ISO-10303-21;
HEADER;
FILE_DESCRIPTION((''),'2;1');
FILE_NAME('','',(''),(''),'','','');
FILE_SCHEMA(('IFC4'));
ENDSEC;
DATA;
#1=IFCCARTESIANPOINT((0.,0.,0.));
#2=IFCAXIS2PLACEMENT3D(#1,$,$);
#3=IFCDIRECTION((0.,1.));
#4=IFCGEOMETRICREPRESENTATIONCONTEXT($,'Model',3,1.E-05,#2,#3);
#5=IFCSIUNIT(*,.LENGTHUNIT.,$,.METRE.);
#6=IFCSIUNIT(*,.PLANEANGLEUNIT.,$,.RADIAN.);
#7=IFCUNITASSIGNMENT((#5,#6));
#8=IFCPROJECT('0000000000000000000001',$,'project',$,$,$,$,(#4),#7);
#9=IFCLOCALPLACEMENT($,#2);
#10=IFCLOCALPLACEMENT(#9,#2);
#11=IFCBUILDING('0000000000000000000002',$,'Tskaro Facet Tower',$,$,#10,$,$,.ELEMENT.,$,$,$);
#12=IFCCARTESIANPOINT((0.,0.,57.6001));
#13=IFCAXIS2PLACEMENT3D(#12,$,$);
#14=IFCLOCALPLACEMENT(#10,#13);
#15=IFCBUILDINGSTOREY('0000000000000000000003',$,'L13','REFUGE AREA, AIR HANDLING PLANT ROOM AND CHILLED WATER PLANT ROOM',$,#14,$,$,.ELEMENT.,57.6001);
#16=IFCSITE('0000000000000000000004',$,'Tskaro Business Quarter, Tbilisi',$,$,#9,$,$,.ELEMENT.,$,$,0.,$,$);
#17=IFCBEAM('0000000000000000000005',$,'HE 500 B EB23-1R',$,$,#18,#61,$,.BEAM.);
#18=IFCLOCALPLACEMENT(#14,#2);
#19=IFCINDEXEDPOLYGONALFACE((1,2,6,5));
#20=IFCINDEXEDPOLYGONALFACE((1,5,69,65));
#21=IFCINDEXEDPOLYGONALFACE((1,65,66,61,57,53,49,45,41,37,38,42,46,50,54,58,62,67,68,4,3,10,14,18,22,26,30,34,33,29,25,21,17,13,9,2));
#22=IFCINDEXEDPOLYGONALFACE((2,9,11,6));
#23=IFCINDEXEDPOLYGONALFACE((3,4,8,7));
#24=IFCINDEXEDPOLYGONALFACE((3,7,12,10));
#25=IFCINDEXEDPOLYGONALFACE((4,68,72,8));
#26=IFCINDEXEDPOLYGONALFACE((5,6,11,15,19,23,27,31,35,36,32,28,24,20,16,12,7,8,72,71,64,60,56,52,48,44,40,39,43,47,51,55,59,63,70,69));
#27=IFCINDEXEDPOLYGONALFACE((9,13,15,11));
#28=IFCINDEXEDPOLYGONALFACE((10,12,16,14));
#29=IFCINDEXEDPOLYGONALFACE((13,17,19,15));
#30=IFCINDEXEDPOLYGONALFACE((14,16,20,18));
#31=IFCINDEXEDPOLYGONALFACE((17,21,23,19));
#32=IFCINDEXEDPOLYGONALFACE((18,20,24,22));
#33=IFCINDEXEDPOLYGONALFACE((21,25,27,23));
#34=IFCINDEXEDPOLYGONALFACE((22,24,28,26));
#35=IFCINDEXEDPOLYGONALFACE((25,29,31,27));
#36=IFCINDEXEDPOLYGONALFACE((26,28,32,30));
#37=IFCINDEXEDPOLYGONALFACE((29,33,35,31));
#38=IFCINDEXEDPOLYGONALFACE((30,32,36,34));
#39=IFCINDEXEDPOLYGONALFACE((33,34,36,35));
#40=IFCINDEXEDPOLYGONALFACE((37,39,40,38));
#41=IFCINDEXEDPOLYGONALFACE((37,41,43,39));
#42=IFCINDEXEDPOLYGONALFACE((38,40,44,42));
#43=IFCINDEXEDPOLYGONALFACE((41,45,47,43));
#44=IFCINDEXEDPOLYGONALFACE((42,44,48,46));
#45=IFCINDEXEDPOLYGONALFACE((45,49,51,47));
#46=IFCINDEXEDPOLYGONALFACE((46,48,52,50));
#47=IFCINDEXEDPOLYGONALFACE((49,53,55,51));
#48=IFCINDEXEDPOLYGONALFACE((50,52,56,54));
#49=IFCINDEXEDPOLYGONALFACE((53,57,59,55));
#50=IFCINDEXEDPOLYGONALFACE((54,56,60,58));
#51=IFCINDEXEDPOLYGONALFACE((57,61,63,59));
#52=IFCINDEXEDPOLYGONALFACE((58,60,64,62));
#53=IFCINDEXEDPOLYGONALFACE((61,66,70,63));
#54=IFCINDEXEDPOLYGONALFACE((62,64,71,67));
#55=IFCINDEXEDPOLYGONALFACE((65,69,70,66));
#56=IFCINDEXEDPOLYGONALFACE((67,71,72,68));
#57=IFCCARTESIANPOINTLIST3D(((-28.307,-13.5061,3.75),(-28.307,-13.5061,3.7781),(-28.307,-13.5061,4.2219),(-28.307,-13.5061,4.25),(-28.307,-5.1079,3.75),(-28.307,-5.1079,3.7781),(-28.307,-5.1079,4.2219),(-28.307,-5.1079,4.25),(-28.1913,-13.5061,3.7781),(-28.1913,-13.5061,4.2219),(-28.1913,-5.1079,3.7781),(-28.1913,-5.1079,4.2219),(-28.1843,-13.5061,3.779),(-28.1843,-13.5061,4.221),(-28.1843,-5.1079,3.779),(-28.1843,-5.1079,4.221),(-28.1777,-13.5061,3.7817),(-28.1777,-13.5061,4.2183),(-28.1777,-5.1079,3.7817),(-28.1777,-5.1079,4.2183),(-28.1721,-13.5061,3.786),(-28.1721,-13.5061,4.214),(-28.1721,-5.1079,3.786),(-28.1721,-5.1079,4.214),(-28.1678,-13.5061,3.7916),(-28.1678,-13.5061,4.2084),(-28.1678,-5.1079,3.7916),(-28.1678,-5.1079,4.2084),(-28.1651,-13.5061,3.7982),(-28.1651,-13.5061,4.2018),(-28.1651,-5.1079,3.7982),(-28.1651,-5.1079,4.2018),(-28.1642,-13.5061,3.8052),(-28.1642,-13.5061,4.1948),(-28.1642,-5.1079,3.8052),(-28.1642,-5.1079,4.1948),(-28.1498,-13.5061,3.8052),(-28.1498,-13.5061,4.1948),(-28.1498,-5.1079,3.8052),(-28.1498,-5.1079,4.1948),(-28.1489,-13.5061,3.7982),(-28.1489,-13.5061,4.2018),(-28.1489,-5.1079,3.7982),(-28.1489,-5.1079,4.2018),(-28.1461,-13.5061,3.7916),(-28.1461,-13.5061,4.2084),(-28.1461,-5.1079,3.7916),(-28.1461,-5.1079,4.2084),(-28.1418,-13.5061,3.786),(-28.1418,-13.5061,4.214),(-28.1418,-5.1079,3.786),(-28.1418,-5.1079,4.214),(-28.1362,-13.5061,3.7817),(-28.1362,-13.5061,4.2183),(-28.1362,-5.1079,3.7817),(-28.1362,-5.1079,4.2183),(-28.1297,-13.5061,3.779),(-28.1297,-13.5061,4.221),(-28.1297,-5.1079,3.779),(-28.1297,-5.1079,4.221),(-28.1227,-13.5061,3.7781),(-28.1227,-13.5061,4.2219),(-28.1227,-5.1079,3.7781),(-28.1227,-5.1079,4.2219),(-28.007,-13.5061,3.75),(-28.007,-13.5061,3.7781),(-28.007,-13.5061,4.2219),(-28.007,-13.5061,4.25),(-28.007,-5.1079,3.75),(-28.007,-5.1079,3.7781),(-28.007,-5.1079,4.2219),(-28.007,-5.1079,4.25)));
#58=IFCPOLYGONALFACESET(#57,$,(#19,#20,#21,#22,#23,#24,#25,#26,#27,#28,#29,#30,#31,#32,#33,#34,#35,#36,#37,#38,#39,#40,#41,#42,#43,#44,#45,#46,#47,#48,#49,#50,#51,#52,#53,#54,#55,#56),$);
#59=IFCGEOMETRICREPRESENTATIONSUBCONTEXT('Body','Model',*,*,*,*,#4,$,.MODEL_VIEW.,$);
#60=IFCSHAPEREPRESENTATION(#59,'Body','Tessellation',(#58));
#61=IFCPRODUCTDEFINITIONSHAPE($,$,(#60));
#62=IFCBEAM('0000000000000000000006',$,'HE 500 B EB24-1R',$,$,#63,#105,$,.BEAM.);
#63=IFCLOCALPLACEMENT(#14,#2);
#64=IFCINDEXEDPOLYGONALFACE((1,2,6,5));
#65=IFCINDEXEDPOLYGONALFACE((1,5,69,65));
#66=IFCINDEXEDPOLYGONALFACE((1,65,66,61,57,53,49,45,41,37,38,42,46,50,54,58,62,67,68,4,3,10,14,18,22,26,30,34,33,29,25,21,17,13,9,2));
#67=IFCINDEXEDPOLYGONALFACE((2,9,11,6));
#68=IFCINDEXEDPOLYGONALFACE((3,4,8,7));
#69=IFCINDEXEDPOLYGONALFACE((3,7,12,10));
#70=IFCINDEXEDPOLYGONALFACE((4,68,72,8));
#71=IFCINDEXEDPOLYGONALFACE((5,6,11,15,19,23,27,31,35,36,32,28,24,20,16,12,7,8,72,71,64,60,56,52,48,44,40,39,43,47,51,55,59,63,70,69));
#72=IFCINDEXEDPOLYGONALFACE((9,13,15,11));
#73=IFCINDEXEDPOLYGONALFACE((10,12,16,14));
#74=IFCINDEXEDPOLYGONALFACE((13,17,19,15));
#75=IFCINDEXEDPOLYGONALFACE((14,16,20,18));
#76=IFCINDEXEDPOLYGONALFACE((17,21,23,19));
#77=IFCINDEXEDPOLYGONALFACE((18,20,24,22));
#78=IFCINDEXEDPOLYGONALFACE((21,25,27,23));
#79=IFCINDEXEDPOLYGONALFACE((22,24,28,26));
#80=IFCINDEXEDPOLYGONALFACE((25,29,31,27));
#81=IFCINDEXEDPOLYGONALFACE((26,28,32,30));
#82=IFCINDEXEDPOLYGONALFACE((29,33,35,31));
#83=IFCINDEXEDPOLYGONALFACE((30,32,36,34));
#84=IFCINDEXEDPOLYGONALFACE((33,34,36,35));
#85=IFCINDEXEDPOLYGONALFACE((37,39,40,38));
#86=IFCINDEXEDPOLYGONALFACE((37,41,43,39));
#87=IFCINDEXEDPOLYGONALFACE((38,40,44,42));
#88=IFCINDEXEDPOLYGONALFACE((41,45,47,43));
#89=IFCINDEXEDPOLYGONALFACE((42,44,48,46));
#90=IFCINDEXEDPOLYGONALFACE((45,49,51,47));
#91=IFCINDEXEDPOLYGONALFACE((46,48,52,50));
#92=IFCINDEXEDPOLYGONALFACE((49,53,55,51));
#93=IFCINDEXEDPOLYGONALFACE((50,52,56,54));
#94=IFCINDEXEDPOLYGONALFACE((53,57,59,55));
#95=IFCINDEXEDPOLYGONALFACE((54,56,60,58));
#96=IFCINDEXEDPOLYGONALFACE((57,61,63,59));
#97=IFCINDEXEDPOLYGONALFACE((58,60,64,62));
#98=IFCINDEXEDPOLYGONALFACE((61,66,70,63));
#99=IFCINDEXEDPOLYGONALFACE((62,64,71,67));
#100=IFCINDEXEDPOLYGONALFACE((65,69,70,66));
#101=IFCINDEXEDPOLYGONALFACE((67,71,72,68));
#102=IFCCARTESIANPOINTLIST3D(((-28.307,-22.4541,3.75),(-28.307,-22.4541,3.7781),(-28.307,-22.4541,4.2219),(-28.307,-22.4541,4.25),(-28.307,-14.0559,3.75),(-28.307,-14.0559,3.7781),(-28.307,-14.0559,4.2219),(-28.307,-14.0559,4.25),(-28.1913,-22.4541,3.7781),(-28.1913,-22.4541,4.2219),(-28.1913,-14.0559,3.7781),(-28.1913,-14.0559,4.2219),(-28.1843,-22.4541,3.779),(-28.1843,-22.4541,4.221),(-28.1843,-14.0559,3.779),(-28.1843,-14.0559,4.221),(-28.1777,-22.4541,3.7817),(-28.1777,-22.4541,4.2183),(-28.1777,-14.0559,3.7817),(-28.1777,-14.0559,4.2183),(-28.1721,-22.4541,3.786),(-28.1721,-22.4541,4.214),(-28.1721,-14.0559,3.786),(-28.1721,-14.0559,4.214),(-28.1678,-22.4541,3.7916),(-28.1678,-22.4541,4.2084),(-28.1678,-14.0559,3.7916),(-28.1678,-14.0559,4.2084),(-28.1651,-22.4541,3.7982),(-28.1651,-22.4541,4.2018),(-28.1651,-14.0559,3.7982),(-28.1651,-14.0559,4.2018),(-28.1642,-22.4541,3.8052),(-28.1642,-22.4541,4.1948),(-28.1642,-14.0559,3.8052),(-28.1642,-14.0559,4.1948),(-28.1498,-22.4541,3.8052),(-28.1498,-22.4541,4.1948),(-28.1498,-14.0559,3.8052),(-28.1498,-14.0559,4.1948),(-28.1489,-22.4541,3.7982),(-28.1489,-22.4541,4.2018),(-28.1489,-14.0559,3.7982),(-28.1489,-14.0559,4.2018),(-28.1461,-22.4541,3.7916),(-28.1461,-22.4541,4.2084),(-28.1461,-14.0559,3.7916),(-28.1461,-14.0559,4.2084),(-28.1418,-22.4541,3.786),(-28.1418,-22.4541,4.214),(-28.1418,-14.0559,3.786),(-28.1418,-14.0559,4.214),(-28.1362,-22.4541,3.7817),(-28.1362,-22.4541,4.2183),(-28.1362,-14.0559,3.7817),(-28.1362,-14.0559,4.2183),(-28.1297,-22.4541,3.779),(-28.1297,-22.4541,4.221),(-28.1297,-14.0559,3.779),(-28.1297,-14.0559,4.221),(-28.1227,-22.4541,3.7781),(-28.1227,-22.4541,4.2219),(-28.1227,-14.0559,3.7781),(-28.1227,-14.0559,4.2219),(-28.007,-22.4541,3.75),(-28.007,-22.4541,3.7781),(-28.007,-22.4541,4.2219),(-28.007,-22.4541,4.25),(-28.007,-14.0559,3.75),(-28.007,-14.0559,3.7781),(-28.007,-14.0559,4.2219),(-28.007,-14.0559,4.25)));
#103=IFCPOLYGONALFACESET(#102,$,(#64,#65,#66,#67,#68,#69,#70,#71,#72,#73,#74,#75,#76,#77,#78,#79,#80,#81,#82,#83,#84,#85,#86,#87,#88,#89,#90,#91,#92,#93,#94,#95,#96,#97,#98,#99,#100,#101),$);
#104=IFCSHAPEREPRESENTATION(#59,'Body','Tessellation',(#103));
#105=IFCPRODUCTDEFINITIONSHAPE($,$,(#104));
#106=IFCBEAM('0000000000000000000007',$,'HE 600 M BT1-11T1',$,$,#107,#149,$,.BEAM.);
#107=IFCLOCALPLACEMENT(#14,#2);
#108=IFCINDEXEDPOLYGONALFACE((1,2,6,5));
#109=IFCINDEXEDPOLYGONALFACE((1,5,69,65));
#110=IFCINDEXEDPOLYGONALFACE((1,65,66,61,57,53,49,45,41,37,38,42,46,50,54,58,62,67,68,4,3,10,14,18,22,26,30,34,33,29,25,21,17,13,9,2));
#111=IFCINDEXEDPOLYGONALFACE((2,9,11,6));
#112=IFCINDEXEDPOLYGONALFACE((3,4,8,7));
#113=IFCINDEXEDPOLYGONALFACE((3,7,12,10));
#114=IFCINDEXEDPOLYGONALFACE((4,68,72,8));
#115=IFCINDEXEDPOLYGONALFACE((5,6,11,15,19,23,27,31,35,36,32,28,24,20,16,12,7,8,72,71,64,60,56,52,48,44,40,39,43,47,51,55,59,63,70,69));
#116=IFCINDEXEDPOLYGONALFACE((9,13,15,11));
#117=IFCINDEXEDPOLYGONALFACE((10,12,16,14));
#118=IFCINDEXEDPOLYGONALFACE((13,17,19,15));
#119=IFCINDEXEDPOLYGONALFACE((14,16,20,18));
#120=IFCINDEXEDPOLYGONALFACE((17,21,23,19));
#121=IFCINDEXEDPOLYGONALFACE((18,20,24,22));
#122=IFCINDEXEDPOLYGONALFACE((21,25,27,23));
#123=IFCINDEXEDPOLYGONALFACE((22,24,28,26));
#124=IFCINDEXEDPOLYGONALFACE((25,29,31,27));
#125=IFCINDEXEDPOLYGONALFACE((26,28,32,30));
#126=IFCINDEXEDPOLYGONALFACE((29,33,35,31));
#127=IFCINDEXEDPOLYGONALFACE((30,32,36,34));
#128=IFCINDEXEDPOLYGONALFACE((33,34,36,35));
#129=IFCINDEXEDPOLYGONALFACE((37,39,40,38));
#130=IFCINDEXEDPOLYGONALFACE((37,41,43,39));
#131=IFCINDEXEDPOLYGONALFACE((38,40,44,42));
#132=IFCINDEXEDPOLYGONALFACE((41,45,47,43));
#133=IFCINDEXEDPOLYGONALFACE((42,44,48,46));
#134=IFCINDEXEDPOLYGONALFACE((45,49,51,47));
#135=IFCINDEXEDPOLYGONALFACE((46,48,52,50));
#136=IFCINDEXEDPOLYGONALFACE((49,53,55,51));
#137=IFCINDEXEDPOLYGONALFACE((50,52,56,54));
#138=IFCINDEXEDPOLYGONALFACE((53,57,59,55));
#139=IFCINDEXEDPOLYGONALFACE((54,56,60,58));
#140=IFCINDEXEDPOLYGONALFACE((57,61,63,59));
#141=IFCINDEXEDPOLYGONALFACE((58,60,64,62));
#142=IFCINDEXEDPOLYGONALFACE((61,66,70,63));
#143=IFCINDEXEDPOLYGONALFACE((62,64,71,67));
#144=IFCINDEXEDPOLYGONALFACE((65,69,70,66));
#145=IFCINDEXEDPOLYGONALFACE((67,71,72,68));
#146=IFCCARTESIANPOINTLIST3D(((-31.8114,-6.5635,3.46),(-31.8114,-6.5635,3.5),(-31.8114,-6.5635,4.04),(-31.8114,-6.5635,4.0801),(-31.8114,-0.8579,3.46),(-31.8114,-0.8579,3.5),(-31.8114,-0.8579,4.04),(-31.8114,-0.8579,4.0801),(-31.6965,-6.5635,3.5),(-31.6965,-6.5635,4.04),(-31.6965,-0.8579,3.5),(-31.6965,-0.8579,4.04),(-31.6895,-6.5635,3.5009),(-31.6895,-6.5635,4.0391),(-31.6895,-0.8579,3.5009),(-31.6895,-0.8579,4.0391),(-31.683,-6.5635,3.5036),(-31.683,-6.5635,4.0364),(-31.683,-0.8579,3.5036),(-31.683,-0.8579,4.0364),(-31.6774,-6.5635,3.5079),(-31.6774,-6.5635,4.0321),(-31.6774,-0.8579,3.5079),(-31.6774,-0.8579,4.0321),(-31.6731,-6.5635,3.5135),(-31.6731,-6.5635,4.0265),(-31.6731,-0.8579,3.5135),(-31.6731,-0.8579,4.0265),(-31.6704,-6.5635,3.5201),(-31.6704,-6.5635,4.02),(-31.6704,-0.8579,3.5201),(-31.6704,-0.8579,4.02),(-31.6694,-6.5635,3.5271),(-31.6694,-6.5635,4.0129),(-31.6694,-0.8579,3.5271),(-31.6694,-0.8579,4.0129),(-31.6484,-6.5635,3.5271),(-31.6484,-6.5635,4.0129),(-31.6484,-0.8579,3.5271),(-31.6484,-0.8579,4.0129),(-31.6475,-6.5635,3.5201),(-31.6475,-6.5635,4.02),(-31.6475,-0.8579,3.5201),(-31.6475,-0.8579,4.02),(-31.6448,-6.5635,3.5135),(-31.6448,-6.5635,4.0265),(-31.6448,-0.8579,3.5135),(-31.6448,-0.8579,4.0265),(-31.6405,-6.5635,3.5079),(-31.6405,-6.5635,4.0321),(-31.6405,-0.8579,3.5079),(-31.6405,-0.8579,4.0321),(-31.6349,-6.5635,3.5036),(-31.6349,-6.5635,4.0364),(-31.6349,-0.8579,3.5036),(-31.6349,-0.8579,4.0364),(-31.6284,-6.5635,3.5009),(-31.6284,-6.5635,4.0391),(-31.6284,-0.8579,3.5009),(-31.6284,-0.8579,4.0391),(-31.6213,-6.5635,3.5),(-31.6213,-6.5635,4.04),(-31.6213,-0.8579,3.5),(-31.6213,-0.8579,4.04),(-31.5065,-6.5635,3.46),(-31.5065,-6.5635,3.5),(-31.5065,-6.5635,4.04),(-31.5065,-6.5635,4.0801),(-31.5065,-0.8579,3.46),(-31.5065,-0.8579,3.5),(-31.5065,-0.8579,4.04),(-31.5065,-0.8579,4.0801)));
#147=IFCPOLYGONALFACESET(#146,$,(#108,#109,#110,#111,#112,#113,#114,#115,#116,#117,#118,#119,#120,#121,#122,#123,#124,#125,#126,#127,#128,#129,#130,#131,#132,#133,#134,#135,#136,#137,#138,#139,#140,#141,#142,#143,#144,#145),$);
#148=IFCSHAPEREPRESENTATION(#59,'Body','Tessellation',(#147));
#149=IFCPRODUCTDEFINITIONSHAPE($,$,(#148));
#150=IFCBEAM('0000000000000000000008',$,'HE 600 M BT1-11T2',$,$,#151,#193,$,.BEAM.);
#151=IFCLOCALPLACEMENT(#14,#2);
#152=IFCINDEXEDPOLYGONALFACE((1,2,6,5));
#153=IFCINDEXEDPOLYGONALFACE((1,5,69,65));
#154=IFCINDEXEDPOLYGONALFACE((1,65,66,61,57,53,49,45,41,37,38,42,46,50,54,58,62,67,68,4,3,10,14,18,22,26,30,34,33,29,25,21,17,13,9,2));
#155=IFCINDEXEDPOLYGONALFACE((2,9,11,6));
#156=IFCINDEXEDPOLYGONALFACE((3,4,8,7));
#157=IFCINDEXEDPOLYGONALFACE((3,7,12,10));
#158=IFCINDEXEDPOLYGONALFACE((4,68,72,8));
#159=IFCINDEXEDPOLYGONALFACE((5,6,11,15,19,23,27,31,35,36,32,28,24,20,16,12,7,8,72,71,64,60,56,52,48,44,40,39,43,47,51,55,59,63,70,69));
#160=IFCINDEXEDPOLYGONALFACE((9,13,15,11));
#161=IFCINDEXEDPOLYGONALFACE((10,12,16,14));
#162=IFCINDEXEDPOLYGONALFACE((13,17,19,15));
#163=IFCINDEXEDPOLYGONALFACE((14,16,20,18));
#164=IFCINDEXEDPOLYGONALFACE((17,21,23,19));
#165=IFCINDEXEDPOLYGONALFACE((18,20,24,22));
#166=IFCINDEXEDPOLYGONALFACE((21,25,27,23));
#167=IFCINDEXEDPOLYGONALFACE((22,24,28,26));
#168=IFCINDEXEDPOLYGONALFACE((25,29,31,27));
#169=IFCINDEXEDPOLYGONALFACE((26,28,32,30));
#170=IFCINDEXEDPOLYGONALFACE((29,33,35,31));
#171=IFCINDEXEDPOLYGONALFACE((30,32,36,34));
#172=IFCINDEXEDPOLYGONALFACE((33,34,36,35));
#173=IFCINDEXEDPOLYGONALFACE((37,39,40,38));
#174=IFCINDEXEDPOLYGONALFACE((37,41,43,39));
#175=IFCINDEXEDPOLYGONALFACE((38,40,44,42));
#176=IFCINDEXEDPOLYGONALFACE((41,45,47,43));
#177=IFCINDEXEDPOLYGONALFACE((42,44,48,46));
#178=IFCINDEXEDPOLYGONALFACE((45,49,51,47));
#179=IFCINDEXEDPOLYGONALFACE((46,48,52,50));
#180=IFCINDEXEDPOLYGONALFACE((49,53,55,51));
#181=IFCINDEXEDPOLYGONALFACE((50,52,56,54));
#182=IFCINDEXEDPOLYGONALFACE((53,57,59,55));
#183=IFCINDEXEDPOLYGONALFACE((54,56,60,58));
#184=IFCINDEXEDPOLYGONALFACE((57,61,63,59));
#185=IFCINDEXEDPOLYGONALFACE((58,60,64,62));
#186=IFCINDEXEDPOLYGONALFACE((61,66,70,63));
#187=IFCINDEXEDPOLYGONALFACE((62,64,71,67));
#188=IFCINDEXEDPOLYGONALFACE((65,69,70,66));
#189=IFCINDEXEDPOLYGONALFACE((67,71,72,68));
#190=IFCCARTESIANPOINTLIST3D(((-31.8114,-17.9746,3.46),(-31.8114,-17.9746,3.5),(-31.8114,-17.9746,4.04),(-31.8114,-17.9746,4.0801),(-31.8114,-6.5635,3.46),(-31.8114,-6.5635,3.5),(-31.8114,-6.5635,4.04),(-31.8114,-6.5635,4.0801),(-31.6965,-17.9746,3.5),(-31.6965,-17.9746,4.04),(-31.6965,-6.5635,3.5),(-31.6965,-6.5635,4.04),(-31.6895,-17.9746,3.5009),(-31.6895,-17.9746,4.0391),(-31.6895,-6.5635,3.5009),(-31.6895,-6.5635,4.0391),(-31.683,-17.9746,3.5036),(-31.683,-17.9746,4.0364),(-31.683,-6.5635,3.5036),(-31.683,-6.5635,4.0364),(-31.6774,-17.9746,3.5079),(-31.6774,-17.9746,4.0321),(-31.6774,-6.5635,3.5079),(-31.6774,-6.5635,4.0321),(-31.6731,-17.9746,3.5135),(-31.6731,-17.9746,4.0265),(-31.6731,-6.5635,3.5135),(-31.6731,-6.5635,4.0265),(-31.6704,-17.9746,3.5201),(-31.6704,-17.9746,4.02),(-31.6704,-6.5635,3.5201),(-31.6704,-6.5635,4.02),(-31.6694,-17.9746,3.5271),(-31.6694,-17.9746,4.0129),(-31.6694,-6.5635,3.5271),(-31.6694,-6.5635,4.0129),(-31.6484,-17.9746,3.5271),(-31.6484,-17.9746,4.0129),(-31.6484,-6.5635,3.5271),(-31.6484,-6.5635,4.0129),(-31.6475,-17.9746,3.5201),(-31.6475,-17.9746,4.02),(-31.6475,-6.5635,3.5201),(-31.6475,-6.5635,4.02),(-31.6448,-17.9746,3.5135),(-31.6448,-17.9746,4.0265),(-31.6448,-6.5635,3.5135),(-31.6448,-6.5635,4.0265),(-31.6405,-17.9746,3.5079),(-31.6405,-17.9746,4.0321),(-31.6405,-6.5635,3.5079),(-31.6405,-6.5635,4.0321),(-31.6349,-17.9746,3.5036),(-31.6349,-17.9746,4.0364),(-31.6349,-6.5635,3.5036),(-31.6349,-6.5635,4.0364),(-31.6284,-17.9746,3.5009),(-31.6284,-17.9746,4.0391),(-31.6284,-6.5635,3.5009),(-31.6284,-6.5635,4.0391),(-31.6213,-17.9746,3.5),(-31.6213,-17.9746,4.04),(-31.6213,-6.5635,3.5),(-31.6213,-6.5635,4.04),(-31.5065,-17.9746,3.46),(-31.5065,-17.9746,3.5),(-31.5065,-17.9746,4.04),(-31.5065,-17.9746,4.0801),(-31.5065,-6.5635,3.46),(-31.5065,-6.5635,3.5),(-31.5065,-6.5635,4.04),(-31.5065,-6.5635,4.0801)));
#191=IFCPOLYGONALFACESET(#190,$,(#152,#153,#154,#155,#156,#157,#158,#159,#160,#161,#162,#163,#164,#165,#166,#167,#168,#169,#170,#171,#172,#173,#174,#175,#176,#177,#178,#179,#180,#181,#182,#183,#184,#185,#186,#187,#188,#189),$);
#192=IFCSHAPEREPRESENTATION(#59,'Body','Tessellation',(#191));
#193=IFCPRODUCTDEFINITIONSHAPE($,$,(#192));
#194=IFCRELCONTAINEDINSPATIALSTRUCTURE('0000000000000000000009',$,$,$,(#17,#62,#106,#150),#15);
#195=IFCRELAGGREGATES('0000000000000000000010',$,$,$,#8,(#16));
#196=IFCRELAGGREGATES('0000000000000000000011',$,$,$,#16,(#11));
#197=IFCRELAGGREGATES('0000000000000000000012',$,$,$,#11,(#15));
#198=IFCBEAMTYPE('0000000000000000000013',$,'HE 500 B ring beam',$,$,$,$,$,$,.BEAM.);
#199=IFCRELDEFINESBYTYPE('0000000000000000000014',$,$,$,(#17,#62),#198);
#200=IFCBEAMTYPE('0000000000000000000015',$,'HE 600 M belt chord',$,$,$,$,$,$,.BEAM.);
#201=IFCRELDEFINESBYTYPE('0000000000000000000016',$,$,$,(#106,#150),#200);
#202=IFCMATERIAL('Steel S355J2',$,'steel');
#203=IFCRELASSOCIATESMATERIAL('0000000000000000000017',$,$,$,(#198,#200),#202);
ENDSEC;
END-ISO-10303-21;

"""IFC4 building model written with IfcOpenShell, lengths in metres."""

from ifc_helpers import new_model, si_unit, direction, frame, origin, origin_2d, place, context, subcontext, project, spatial, i_section, extrude, material, material_profile, profile_set, type_object, element, save


model = new_model("IFC4")

# Units and contexts
model_context = context("Model", 3, precision=1e-05, world=origin(), true_north=direction((0.0, 1.0)))
body_context = subcontext(model_context, "Body", "Model", "MODEL_VIEW")
ifc_project = project(units=[si_unit("LENGTHUNIT", "METRE"), si_unit("PLANEANGLEUNIT", "RADIAN")], contexts=[model_context])

# Site, building, storey
site_placement = place(None, origin())
site = spatial("IfcSite", under=ifc_project, at=site_placement, Name="Tskaro Business Quarter, Tbilisi", CompositionType="ELEMENT", RefElevation=0.0)
building_placement = place(site_placement, origin())
building = spatial("IfcBuilding", under=site, at=building_placement, Name="Tskaro Facet Tower", CompositionType="ELEMENT")
storey_placement = place(building_placement, frame((0.0, 0.0, 57.6001)))
storey = spatial("IfcBuildingStorey", under=building, at=storey_placement, Name="L13", Description="REFUGE AREA, AIR HANDLING PLANT ROOM AND CHILLED WATER PLANT ROOM", CompositionType="ELEMENT", Elevation=57.6001)

# Beams
ifc_material_1 = material(Name="Steel S355J2", Category="steel")
ifc_material_profile_1 = material_profile(ifc_material_1, i_section(OverallWidth=0.3, OverallDepth=0.5, WebThickness=0.0144, FlangeThickness=0.0281, FilletRadius=0.0271, at=origin_2d()), Name="HE 500 B")
ifc_profile_set_1 = profile_set([ifc_material_profile_1], Name="Steel S355J2")
beam_type_1 = type_object("IfcBeamType", Name="HE 500 B ring beam", PredefinedType="BEAM", material=ifc_profile_set_1)
for number, where, z_axis, x_axis, name in (
    (1, (-28.157, -5.1079, 4.0), (0.0, -1.0, 0.0), (1.0, 0.0, 0.0), "HE 500 B EB23-1R"),
    (2, (-28.157, -14.0559, 4.0), (0.0, -1.0, 0.0), (1.0, 0.0, 0.0), "HE 500 B EB24-1R"),
):
    element("IfcBeam", number, at=place(storey_placement, frame(where, z_axis=z_axis, x_axis=x_axis)), inside=storey, type_object=beam_type_1, Name=name, PredefinedType="BEAM", context=body_context, shape_type="SweptSolid", body=[
        extrude(i_section(OverallWidth=0.3, OverallDepth=0.5, WebThickness=0.0144, FlangeThickness=0.0281, FilletRadius=0.0271, at=origin_2d()), origin(), (0.0, 0.0, 1.0), 8.3982),
    ])
ifc_material_profile_2 = material_profile(ifc_material_1, i_section(OverallWidth=0.3049, OverallDepth=0.6201, WebThickness=0.021, FlangeThickness=0.04, FilletRadius=0.0271, at=origin_2d()), Name="HE 600 M")
ifc_profile_set_2 = profile_set([ifc_material_profile_2], Name="Steel S355J2")
beam_type_2 = type_object("IfcBeamType", Name="HE 600 M belt chord", PredefinedType="BEAM", material=ifc_profile_set_2)
beam_1_placement = place(storey_placement, frame((-31.6589, -0.8579, 3.77), z_axis=(0.0, -1.0, 0.0), x_axis=(1.0, 0.0, 0.0)))
element("IfcBeam", 3, at=beam_1_placement, inside=storey, type_object=beam_type_2, Name="HE 600 M BT1-11T1", PredefinedType="BEAM", context=body_context, shape_type="SweptSolid", body=[
    extrude(i_section(OverallWidth=0.3049, OverallDepth=0.6201, WebThickness=0.021, FlangeThickness=0.04, FilletRadius=0.0271, at=origin_2d()), origin(), (0.0, 0.0, 1.0), 5.7056),
])
beam_2_placement = place(storey_placement, frame((-31.6589, -6.5635, 3.77), z_axis=(0.0, -1.0, 0.0), x_axis=(1.0, 0.0, 0.0)))
element("IfcBeam", 4, at=beam_2_placement, inside=storey, type_object=beam_type_2, Name="HE 600 M BT1-11T2", PredefinedType="BEAM", context=body_context, shape_type="SweptSolid", body=[
    extrude(i_section(OverallWidth=0.3049, OverallDepth=0.6201, WebThickness=0.021, FlangeThickness=0.04, FilletRadius=0.0271, at=origin_2d()), origin(), (0.0, 0.0, 1.0), 11.4111),
])

save(model, "model.ifc")
